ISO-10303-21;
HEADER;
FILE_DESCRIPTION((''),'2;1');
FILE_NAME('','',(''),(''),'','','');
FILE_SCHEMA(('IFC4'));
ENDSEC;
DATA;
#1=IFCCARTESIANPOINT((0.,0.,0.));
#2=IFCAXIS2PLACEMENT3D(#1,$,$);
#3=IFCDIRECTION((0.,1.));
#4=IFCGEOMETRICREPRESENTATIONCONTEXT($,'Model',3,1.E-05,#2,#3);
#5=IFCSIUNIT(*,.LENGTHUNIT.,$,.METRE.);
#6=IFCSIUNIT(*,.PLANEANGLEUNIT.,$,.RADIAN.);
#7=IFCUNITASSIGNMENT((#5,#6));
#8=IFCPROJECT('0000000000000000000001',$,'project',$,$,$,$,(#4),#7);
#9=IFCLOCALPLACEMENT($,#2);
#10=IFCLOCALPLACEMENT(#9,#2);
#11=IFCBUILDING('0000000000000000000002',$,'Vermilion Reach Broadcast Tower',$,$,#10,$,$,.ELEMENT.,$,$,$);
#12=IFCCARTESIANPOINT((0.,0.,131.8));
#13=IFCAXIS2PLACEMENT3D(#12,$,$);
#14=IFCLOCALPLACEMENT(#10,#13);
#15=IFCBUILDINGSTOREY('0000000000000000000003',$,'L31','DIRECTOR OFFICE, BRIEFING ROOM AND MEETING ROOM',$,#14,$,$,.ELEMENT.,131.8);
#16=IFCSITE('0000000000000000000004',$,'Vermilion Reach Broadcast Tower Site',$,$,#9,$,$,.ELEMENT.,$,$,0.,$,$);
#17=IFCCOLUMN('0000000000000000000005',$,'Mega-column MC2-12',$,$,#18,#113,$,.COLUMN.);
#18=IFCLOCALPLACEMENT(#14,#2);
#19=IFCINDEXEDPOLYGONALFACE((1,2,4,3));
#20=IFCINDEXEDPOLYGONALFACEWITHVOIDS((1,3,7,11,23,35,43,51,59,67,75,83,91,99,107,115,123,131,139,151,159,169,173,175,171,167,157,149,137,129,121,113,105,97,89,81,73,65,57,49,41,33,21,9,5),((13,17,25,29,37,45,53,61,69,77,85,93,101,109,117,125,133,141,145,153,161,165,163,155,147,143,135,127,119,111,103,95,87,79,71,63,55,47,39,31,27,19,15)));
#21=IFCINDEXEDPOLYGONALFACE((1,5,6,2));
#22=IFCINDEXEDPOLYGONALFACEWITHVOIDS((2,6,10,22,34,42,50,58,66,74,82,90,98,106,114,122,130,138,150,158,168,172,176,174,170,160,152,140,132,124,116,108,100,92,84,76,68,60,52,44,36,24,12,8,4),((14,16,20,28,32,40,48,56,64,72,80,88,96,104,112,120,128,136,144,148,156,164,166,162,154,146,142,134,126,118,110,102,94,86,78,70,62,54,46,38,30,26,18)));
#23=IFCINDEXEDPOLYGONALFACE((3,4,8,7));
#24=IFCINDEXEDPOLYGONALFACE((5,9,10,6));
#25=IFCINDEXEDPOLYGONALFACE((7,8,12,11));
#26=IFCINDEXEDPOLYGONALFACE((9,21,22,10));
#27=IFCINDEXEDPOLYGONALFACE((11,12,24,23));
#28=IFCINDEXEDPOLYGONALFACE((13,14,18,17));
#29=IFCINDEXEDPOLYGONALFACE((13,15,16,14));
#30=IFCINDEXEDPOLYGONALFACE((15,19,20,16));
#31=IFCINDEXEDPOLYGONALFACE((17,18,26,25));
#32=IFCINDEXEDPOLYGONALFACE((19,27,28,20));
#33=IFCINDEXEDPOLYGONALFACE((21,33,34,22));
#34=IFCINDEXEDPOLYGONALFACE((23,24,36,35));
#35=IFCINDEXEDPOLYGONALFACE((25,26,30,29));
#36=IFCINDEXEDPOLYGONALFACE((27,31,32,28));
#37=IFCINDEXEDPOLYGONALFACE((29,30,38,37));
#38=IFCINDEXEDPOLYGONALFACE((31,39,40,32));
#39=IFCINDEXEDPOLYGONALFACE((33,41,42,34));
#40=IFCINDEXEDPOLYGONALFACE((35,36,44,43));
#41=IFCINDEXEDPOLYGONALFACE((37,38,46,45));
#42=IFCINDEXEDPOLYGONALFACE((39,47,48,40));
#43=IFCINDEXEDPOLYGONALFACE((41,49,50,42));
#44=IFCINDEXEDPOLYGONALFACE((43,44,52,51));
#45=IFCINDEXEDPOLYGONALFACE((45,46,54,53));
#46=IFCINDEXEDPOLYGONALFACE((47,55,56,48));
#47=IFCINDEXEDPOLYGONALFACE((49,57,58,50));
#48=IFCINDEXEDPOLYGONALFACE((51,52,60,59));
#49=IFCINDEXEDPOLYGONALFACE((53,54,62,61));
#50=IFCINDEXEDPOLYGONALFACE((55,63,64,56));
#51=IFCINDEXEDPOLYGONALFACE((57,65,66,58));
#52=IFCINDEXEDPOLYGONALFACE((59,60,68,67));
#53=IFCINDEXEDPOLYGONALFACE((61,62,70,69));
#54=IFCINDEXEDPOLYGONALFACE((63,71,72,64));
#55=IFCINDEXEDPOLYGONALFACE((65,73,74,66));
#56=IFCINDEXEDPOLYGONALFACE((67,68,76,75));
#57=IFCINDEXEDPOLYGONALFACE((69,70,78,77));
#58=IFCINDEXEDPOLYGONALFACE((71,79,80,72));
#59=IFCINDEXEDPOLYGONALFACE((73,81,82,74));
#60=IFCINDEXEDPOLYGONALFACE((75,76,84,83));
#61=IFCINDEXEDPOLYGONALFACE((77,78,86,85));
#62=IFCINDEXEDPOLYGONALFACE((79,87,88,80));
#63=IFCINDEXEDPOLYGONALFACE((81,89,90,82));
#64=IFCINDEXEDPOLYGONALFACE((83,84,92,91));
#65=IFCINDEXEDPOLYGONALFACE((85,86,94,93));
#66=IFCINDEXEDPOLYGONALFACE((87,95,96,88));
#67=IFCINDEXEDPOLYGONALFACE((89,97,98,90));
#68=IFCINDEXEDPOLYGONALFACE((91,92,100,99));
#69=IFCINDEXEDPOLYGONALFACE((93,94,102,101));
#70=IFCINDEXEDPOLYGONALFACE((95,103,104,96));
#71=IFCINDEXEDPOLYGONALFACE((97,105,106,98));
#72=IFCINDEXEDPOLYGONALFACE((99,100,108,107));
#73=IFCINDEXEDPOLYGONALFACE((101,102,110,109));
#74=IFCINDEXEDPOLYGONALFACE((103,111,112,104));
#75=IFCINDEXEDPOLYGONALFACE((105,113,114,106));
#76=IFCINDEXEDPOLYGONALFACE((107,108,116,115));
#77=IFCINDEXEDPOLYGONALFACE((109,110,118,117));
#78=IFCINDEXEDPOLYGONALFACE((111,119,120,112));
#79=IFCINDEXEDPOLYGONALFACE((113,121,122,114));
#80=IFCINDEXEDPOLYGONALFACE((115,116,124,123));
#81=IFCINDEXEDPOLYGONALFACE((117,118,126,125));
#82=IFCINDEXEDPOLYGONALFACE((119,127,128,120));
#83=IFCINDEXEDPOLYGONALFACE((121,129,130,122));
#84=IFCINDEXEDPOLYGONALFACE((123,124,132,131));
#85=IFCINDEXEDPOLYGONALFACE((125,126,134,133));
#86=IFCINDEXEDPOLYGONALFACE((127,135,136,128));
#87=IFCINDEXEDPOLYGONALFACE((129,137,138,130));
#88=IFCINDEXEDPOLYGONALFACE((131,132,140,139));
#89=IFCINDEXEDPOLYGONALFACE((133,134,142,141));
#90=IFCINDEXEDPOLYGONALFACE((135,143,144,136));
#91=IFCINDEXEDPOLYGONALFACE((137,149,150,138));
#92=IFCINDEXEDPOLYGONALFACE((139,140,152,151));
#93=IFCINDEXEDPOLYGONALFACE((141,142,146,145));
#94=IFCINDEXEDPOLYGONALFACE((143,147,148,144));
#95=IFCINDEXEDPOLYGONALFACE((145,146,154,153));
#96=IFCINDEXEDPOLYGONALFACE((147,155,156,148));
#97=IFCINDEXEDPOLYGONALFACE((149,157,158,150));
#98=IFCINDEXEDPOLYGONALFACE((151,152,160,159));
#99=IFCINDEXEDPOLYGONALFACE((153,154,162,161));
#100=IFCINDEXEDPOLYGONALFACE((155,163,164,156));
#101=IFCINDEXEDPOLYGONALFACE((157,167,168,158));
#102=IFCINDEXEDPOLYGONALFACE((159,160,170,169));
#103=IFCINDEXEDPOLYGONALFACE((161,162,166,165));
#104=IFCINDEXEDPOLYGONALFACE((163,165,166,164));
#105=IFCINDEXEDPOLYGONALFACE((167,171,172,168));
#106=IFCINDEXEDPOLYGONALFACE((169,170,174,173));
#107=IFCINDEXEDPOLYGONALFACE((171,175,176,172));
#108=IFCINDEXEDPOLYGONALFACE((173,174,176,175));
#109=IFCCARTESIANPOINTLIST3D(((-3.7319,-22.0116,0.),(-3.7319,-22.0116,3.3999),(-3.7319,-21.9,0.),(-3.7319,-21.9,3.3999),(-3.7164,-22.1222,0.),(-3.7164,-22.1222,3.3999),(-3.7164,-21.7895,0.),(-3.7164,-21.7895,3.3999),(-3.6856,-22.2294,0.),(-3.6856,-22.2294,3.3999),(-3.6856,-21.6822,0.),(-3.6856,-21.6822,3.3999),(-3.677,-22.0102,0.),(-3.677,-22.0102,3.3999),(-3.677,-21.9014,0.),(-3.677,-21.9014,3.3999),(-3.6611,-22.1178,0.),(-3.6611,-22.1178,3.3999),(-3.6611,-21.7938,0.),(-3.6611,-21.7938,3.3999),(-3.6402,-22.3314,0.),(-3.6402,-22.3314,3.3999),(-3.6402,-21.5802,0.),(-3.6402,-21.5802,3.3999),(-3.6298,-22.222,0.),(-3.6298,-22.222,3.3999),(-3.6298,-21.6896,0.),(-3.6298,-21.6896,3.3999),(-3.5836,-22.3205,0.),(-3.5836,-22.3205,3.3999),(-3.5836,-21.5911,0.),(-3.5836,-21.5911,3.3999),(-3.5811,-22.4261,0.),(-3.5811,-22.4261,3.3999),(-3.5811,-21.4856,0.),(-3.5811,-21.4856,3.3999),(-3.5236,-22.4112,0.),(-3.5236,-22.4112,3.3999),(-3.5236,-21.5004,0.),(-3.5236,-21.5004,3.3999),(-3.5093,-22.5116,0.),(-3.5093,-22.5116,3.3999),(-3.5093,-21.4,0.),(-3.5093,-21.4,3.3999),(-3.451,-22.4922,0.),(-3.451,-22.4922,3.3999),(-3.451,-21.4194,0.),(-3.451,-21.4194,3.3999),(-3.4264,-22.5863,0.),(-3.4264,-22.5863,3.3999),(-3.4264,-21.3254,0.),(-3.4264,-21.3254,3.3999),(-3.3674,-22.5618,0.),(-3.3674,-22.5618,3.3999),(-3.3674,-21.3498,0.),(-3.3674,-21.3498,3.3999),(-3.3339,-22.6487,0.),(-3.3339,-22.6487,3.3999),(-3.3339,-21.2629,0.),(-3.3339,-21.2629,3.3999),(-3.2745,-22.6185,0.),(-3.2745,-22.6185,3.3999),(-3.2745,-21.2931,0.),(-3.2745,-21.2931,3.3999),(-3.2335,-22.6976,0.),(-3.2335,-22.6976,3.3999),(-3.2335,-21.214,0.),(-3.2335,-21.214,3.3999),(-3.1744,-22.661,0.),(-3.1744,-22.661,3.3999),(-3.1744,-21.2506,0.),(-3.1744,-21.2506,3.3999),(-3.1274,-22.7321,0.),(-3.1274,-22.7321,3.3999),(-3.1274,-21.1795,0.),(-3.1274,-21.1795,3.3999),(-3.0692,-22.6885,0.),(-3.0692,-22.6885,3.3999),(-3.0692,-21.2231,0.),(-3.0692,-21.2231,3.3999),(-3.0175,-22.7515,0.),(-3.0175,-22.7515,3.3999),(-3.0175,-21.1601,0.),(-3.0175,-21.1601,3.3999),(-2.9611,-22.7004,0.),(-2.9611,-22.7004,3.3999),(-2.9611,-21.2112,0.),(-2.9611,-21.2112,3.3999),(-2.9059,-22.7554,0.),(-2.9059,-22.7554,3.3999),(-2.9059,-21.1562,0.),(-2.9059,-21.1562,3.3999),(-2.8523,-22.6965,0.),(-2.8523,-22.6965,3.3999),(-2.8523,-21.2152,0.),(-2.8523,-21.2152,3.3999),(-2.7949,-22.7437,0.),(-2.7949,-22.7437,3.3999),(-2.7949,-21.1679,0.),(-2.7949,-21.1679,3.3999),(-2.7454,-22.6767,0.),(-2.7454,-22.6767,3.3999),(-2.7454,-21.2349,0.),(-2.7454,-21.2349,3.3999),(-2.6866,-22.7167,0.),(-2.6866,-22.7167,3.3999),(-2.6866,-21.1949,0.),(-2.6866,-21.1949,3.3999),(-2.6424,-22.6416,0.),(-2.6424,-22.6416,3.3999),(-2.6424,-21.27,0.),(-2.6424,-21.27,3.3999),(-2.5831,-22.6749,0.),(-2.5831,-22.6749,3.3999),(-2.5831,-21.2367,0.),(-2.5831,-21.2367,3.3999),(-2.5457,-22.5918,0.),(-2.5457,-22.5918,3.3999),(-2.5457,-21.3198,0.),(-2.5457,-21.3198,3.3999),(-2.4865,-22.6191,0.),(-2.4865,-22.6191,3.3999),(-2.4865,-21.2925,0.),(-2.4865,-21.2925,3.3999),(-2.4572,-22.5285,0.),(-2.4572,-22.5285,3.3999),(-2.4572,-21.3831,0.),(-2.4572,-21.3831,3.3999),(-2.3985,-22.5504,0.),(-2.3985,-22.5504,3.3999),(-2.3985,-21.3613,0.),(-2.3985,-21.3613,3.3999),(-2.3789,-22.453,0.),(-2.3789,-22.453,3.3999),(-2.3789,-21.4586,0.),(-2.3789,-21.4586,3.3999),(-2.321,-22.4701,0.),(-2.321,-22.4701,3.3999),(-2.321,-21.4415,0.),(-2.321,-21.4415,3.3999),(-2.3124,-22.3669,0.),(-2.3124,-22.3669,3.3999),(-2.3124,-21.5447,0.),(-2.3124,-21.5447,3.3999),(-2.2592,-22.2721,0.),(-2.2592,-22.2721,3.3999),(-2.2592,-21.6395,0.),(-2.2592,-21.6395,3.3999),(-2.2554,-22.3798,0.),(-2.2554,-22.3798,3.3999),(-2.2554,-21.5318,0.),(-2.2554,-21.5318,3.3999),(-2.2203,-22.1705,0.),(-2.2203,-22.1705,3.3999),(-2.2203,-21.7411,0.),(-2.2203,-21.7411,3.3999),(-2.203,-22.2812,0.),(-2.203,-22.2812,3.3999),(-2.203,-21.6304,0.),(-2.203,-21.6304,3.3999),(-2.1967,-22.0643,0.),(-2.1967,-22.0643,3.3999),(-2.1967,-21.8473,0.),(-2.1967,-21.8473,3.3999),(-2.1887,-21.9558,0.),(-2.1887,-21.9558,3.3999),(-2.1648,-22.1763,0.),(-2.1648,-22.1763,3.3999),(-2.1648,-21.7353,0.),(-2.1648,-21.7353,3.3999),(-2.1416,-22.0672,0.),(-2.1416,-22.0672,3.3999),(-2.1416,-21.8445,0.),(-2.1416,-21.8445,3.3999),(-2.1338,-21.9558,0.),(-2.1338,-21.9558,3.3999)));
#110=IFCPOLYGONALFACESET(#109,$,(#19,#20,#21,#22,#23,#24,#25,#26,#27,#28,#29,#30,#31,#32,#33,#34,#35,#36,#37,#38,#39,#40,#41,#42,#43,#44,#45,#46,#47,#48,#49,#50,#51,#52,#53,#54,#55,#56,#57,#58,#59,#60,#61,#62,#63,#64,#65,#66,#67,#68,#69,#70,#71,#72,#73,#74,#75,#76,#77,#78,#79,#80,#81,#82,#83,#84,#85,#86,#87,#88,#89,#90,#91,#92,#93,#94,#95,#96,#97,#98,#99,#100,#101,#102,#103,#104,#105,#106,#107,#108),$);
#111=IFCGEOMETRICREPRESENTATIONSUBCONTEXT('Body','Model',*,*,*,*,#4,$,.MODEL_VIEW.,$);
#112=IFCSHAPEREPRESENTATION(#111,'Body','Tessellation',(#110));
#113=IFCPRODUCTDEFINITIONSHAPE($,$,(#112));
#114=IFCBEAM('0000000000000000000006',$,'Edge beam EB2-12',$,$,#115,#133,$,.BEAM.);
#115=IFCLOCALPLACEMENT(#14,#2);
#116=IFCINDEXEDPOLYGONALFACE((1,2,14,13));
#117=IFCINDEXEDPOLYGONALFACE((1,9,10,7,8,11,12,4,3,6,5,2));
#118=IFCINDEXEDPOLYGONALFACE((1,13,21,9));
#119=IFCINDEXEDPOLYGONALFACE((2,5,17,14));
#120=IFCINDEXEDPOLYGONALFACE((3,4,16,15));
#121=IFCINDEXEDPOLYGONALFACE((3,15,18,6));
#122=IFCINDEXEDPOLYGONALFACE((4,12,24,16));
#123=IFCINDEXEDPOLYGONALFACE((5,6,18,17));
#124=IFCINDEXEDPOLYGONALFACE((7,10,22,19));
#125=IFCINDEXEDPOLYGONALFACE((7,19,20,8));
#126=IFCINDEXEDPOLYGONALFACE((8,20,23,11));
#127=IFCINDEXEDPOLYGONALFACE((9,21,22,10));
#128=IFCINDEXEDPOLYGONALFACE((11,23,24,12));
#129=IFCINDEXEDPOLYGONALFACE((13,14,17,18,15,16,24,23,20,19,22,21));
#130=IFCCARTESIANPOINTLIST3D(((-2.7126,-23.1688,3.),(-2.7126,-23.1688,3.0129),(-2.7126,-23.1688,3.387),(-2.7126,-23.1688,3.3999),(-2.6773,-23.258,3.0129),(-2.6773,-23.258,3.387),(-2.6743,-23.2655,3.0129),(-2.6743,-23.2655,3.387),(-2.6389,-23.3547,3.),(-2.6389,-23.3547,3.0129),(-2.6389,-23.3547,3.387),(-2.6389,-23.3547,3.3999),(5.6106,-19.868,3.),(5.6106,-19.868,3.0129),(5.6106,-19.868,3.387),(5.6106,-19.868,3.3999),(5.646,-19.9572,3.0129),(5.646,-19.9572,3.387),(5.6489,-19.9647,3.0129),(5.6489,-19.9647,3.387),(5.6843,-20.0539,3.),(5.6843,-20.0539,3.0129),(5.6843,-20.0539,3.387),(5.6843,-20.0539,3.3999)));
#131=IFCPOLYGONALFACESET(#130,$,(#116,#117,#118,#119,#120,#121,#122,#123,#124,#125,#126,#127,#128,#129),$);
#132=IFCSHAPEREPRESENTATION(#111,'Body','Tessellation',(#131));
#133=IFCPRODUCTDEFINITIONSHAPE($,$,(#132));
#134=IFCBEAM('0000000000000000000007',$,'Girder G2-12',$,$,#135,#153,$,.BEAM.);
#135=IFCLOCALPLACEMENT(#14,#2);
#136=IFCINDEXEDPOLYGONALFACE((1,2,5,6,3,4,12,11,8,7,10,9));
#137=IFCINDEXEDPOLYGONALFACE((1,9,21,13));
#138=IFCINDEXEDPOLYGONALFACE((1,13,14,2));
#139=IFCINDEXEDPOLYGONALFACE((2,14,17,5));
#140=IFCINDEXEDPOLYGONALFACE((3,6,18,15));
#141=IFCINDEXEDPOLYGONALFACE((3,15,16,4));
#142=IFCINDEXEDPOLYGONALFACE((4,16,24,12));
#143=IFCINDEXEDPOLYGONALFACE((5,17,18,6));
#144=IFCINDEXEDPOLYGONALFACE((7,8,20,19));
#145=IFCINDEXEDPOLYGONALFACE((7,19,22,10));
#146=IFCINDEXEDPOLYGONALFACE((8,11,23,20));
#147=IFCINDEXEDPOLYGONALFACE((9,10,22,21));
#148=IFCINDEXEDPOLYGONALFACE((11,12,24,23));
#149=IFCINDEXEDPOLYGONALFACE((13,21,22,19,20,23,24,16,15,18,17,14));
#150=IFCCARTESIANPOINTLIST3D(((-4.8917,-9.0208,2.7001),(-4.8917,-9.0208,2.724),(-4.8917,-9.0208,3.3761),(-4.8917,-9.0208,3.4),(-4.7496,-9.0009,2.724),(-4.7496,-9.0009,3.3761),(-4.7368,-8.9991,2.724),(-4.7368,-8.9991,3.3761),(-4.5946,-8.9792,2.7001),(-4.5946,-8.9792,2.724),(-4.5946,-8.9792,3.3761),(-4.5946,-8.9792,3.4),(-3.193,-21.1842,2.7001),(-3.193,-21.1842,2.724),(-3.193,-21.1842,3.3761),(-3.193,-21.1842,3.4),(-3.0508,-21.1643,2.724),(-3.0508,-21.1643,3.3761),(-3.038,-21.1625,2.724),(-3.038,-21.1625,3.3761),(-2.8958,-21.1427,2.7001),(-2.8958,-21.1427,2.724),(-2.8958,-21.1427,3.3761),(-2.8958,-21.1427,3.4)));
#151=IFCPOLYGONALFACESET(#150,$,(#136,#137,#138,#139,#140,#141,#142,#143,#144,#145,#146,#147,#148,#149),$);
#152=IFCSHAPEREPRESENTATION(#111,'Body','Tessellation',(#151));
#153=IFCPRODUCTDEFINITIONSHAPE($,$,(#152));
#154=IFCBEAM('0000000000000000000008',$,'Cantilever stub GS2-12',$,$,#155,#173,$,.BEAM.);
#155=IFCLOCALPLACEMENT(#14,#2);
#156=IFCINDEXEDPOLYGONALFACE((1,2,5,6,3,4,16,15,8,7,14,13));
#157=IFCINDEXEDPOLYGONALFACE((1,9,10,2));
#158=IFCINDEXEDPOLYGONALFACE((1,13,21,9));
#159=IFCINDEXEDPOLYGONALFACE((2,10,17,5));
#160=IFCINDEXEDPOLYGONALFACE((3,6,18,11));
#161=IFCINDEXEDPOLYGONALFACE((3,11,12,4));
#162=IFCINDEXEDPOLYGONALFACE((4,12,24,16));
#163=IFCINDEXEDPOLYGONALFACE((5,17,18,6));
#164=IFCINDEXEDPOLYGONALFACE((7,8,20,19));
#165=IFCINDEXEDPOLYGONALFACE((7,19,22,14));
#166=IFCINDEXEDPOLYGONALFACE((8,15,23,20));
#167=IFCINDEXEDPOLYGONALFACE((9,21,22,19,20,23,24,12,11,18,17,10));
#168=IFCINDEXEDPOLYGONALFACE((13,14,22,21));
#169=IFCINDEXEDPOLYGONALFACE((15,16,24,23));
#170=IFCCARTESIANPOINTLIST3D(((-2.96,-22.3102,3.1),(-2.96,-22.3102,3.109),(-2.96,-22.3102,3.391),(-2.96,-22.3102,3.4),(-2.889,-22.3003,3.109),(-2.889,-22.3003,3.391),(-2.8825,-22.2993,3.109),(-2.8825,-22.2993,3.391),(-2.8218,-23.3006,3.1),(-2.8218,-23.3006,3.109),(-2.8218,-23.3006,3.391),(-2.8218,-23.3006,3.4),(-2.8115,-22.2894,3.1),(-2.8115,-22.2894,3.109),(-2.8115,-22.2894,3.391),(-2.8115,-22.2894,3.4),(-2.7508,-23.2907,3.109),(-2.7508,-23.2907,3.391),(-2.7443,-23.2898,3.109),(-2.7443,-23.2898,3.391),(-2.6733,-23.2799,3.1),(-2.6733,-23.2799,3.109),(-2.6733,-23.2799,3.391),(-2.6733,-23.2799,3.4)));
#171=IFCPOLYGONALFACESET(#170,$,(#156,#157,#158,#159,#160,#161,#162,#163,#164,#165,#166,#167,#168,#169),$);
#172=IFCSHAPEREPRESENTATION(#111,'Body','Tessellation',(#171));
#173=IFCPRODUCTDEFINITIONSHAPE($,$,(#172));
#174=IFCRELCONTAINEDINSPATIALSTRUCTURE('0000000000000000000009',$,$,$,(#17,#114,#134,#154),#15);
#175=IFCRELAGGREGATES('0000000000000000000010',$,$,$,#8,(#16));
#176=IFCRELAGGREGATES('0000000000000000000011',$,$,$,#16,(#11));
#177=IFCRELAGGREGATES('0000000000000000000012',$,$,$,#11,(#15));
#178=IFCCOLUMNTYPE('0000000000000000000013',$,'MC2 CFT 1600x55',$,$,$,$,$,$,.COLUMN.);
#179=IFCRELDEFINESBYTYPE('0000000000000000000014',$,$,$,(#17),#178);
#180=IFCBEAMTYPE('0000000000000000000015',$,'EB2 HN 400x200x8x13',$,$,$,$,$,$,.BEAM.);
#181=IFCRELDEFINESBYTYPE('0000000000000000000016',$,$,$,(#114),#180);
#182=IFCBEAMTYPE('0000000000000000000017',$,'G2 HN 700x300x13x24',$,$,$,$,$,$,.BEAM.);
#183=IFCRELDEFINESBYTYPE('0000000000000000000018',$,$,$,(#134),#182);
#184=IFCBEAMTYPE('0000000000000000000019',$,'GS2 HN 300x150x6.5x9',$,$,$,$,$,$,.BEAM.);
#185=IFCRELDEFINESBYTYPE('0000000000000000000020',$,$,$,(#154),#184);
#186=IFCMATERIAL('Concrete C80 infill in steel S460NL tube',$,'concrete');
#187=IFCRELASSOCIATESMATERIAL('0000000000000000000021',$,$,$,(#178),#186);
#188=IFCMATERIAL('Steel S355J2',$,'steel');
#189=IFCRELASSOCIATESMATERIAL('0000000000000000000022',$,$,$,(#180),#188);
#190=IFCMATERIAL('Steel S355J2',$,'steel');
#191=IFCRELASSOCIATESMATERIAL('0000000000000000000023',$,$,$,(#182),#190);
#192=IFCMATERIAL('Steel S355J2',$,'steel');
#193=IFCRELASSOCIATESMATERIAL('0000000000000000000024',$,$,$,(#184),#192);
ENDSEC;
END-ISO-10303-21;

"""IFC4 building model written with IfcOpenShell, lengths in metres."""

from ifc_helpers import new_model, si_unit, direction, frame, origin, origin_2d, place, context, subcontext, project, spatial, hollow_circle, i_section, extrude, material, material_profile, profile_set, type_object, element, save


model = new_model("IFC4")

# Units and contexts
model_context = context("Model", 3, precision=1e-05, world=origin(), true_north=direction((0.0, 1.0)))
body_context = subcontext(model_context, "Body", "Model", "MODEL_VIEW")
ifc_project = project(units=[si_unit("LENGTHUNIT", "METRE"), si_unit("PLANEANGLEUNIT", "RADIAN")], contexts=[model_context])

# Site, building, storey
site_placement = place(None, origin())
site = spatial("IfcSite", under=ifc_project, at=site_placement, Name="Vermilion Reach Broadcast Tower Site", CompositionType="ELEMENT", RefElevation=0.0)
building_placement = place(site_placement, origin())
building = spatial("IfcBuilding", under=site, at=building_placement, Name="Vermilion Reach Broadcast Tower", CompositionType="ELEMENT")
storey_placement = place(building_placement, frame((0.0, 0.0, 131.8)))
storey = spatial("IfcBuildingStorey", under=building, at=storey_placement, Name="L31", Description="DIRECTOR OFFICE, BRIEFING ROOM AND MEETING ROOM", CompositionType="ELEMENT", Elevation=131.8)

# Column
ifc_material_1 = material(Name="Concrete C80 infill in steel S460NL tube", Category="concrete")
ifc_material_profile_1 = material_profile(ifc_material_1, hollow_circle(Radius=0.8, WallThickness=0.0549, at=origin_2d()), Name="Concrete C80 infill in steel S460NL tube CFT 1600x55")
ifc_profile_set_1 = profile_set([ifc_material_profile_1], Name="Concrete C80 infill in steel S460NL tube")
column_type = type_object("IfcColumnType", Name="MC2 CFT 1600x55", PredefinedType="COLUMN", material=ifc_profile_set_1)
column_placement = place(storey_placement, frame((-2.9338, -21.9558, 0.0), z_axis=(0.0, 0.0, 1.0), x_axis=(1.0, 0.0, 0.0)))
element("IfcColumn", 1, at=column_placement, inside=storey, type_object=column_type, Name="Mega-column MC2-12", PredefinedType="COLUMN", context=body_context, shape_type="SweptSolid", body=[
    extrude(hollow_circle(Radius=0.8, WallThickness=0.0549, at=origin_2d()), origin(), (0.0, 0.0, 1.0), 3.3999),
])

# Beams
ifc_material_2 = material(Name="Steel S355J2", Category="steel")
ifc_material_profile_2 = material_profile(ifc_material_2, i_section(OverallWidth=0.2, OverallDepth=0.3999, WebThickness=0.0081, FlangeThickness=0.0129, at=origin_2d()), Name="S355J2 HN 400x200x8x13")
ifc_profile_set_2 = profile_set([ifc_material_profile_2], Name="Steel S355J2")
beam_type_1 = type_object("IfcBeamType", Name="EB2 HN 400x200x8x13", PredefinedType="BEAM", material=ifc_profile_set_2)
beam_1_placement = place(storey_placement, frame((-2.6758, -23.2617, 3.2), z_axis=(0.929571, 0.368644, 0.0), x_axis=(-0.368644, 0.929571, 0.0)))
element("IfcBeam", 2, at=beam_1_placement, inside=storey, type_object=beam_type_1, Name="Edge beam EB2-12", PredefinedType="BEAM", context=body_context, shape_type="SweptSolid", body=[
    extrude(i_section(OverallWidth=0.2, OverallDepth=0.3999, WebThickness=0.0081, FlangeThickness=0.0129, at=origin_2d()), origin(), (0.0, 0.0, 1.0), 8.9539),
])
ifc_material_3 = material(Name="Steel S355J2", Category="steel")
ifc_material_profile_3 = material_profile(ifc_material_3, i_section(OverallWidth=0.3, OverallDepth=0.7, WebThickness=0.0129, FlangeThickness=0.0239, at=origin_2d()), Name="S355J2 HN 700x300x13x24")
ifc_profile_set_3 = profile_set([ifc_material_profile_3], Name="Steel S355J2")
beam_type_2 = type_object("IfcBeamType", Name="G2 HN 700x300x13x24", PredefinedType="BEAM", material=ifc_profile_set_3)
beam_2_placement = place(storey_placement, frame((-4.7432, -9.0, 3.05), z_axis=(0.138318, -0.990388, 0.0), x_axis=(0.990388, 0.138318, 0.0)))
element("IfcBeam", 3, at=beam_2_placement, inside=storey, type_object=beam_type_2, Name="Girder G2-12", PredefinedType="BEAM", context=body_context, shape_type="SweptSolid", body=[
    extrude(i_section(OverallWidth=0.3, OverallDepth=0.7, WebThickness=0.0129, FlangeThickness=0.0239, at=origin_2d()), origin(), (0.0, 0.0, 1.0), 12.2815),
])
ifc_material_4 = material(Name="Steel S355J2", Category="steel")
ifc_material_profile_4 = material_profile(ifc_material_4, i_section(OverallWidth=0.1499, OverallDepth=0.3, WebThickness=0.0066, FlangeThickness=0.009, at=origin_2d()), Name="S355J2 HN 300x150x6.5x9")
ifc_profile_set_4 = profile_set([ifc_material_profile_4], Name="Steel S355J2")
beam_type_3 = type_object("IfcBeamType", Name="GS2 HN 300x150x6.5x9", PredefinedType="BEAM", material=ifc_profile_set_4)
beam_3_placement = place(storey_placement, frame((-2.8857, -22.2998, 3.25), z_axis=(0.138174, -0.990408, 0.0), x_axis=(0.990408, 0.138174, 0.0)))
element("IfcBeam", 4, at=beam_3_placement, inside=storey, type_object=beam_type_3, Name="Cantilever stub GS2-12", PredefinedType="BEAM", context=body_context, shape_type="SweptSolid", body=[
    extrude(i_section(OverallWidth=0.1499, OverallDepth=0.3, WebThickness=0.0066, FlangeThickness=0.009, at=origin_2d()), origin(), (0.0, 0.0, 1.0), 1.0),
])

save(model, "model.ifc")
